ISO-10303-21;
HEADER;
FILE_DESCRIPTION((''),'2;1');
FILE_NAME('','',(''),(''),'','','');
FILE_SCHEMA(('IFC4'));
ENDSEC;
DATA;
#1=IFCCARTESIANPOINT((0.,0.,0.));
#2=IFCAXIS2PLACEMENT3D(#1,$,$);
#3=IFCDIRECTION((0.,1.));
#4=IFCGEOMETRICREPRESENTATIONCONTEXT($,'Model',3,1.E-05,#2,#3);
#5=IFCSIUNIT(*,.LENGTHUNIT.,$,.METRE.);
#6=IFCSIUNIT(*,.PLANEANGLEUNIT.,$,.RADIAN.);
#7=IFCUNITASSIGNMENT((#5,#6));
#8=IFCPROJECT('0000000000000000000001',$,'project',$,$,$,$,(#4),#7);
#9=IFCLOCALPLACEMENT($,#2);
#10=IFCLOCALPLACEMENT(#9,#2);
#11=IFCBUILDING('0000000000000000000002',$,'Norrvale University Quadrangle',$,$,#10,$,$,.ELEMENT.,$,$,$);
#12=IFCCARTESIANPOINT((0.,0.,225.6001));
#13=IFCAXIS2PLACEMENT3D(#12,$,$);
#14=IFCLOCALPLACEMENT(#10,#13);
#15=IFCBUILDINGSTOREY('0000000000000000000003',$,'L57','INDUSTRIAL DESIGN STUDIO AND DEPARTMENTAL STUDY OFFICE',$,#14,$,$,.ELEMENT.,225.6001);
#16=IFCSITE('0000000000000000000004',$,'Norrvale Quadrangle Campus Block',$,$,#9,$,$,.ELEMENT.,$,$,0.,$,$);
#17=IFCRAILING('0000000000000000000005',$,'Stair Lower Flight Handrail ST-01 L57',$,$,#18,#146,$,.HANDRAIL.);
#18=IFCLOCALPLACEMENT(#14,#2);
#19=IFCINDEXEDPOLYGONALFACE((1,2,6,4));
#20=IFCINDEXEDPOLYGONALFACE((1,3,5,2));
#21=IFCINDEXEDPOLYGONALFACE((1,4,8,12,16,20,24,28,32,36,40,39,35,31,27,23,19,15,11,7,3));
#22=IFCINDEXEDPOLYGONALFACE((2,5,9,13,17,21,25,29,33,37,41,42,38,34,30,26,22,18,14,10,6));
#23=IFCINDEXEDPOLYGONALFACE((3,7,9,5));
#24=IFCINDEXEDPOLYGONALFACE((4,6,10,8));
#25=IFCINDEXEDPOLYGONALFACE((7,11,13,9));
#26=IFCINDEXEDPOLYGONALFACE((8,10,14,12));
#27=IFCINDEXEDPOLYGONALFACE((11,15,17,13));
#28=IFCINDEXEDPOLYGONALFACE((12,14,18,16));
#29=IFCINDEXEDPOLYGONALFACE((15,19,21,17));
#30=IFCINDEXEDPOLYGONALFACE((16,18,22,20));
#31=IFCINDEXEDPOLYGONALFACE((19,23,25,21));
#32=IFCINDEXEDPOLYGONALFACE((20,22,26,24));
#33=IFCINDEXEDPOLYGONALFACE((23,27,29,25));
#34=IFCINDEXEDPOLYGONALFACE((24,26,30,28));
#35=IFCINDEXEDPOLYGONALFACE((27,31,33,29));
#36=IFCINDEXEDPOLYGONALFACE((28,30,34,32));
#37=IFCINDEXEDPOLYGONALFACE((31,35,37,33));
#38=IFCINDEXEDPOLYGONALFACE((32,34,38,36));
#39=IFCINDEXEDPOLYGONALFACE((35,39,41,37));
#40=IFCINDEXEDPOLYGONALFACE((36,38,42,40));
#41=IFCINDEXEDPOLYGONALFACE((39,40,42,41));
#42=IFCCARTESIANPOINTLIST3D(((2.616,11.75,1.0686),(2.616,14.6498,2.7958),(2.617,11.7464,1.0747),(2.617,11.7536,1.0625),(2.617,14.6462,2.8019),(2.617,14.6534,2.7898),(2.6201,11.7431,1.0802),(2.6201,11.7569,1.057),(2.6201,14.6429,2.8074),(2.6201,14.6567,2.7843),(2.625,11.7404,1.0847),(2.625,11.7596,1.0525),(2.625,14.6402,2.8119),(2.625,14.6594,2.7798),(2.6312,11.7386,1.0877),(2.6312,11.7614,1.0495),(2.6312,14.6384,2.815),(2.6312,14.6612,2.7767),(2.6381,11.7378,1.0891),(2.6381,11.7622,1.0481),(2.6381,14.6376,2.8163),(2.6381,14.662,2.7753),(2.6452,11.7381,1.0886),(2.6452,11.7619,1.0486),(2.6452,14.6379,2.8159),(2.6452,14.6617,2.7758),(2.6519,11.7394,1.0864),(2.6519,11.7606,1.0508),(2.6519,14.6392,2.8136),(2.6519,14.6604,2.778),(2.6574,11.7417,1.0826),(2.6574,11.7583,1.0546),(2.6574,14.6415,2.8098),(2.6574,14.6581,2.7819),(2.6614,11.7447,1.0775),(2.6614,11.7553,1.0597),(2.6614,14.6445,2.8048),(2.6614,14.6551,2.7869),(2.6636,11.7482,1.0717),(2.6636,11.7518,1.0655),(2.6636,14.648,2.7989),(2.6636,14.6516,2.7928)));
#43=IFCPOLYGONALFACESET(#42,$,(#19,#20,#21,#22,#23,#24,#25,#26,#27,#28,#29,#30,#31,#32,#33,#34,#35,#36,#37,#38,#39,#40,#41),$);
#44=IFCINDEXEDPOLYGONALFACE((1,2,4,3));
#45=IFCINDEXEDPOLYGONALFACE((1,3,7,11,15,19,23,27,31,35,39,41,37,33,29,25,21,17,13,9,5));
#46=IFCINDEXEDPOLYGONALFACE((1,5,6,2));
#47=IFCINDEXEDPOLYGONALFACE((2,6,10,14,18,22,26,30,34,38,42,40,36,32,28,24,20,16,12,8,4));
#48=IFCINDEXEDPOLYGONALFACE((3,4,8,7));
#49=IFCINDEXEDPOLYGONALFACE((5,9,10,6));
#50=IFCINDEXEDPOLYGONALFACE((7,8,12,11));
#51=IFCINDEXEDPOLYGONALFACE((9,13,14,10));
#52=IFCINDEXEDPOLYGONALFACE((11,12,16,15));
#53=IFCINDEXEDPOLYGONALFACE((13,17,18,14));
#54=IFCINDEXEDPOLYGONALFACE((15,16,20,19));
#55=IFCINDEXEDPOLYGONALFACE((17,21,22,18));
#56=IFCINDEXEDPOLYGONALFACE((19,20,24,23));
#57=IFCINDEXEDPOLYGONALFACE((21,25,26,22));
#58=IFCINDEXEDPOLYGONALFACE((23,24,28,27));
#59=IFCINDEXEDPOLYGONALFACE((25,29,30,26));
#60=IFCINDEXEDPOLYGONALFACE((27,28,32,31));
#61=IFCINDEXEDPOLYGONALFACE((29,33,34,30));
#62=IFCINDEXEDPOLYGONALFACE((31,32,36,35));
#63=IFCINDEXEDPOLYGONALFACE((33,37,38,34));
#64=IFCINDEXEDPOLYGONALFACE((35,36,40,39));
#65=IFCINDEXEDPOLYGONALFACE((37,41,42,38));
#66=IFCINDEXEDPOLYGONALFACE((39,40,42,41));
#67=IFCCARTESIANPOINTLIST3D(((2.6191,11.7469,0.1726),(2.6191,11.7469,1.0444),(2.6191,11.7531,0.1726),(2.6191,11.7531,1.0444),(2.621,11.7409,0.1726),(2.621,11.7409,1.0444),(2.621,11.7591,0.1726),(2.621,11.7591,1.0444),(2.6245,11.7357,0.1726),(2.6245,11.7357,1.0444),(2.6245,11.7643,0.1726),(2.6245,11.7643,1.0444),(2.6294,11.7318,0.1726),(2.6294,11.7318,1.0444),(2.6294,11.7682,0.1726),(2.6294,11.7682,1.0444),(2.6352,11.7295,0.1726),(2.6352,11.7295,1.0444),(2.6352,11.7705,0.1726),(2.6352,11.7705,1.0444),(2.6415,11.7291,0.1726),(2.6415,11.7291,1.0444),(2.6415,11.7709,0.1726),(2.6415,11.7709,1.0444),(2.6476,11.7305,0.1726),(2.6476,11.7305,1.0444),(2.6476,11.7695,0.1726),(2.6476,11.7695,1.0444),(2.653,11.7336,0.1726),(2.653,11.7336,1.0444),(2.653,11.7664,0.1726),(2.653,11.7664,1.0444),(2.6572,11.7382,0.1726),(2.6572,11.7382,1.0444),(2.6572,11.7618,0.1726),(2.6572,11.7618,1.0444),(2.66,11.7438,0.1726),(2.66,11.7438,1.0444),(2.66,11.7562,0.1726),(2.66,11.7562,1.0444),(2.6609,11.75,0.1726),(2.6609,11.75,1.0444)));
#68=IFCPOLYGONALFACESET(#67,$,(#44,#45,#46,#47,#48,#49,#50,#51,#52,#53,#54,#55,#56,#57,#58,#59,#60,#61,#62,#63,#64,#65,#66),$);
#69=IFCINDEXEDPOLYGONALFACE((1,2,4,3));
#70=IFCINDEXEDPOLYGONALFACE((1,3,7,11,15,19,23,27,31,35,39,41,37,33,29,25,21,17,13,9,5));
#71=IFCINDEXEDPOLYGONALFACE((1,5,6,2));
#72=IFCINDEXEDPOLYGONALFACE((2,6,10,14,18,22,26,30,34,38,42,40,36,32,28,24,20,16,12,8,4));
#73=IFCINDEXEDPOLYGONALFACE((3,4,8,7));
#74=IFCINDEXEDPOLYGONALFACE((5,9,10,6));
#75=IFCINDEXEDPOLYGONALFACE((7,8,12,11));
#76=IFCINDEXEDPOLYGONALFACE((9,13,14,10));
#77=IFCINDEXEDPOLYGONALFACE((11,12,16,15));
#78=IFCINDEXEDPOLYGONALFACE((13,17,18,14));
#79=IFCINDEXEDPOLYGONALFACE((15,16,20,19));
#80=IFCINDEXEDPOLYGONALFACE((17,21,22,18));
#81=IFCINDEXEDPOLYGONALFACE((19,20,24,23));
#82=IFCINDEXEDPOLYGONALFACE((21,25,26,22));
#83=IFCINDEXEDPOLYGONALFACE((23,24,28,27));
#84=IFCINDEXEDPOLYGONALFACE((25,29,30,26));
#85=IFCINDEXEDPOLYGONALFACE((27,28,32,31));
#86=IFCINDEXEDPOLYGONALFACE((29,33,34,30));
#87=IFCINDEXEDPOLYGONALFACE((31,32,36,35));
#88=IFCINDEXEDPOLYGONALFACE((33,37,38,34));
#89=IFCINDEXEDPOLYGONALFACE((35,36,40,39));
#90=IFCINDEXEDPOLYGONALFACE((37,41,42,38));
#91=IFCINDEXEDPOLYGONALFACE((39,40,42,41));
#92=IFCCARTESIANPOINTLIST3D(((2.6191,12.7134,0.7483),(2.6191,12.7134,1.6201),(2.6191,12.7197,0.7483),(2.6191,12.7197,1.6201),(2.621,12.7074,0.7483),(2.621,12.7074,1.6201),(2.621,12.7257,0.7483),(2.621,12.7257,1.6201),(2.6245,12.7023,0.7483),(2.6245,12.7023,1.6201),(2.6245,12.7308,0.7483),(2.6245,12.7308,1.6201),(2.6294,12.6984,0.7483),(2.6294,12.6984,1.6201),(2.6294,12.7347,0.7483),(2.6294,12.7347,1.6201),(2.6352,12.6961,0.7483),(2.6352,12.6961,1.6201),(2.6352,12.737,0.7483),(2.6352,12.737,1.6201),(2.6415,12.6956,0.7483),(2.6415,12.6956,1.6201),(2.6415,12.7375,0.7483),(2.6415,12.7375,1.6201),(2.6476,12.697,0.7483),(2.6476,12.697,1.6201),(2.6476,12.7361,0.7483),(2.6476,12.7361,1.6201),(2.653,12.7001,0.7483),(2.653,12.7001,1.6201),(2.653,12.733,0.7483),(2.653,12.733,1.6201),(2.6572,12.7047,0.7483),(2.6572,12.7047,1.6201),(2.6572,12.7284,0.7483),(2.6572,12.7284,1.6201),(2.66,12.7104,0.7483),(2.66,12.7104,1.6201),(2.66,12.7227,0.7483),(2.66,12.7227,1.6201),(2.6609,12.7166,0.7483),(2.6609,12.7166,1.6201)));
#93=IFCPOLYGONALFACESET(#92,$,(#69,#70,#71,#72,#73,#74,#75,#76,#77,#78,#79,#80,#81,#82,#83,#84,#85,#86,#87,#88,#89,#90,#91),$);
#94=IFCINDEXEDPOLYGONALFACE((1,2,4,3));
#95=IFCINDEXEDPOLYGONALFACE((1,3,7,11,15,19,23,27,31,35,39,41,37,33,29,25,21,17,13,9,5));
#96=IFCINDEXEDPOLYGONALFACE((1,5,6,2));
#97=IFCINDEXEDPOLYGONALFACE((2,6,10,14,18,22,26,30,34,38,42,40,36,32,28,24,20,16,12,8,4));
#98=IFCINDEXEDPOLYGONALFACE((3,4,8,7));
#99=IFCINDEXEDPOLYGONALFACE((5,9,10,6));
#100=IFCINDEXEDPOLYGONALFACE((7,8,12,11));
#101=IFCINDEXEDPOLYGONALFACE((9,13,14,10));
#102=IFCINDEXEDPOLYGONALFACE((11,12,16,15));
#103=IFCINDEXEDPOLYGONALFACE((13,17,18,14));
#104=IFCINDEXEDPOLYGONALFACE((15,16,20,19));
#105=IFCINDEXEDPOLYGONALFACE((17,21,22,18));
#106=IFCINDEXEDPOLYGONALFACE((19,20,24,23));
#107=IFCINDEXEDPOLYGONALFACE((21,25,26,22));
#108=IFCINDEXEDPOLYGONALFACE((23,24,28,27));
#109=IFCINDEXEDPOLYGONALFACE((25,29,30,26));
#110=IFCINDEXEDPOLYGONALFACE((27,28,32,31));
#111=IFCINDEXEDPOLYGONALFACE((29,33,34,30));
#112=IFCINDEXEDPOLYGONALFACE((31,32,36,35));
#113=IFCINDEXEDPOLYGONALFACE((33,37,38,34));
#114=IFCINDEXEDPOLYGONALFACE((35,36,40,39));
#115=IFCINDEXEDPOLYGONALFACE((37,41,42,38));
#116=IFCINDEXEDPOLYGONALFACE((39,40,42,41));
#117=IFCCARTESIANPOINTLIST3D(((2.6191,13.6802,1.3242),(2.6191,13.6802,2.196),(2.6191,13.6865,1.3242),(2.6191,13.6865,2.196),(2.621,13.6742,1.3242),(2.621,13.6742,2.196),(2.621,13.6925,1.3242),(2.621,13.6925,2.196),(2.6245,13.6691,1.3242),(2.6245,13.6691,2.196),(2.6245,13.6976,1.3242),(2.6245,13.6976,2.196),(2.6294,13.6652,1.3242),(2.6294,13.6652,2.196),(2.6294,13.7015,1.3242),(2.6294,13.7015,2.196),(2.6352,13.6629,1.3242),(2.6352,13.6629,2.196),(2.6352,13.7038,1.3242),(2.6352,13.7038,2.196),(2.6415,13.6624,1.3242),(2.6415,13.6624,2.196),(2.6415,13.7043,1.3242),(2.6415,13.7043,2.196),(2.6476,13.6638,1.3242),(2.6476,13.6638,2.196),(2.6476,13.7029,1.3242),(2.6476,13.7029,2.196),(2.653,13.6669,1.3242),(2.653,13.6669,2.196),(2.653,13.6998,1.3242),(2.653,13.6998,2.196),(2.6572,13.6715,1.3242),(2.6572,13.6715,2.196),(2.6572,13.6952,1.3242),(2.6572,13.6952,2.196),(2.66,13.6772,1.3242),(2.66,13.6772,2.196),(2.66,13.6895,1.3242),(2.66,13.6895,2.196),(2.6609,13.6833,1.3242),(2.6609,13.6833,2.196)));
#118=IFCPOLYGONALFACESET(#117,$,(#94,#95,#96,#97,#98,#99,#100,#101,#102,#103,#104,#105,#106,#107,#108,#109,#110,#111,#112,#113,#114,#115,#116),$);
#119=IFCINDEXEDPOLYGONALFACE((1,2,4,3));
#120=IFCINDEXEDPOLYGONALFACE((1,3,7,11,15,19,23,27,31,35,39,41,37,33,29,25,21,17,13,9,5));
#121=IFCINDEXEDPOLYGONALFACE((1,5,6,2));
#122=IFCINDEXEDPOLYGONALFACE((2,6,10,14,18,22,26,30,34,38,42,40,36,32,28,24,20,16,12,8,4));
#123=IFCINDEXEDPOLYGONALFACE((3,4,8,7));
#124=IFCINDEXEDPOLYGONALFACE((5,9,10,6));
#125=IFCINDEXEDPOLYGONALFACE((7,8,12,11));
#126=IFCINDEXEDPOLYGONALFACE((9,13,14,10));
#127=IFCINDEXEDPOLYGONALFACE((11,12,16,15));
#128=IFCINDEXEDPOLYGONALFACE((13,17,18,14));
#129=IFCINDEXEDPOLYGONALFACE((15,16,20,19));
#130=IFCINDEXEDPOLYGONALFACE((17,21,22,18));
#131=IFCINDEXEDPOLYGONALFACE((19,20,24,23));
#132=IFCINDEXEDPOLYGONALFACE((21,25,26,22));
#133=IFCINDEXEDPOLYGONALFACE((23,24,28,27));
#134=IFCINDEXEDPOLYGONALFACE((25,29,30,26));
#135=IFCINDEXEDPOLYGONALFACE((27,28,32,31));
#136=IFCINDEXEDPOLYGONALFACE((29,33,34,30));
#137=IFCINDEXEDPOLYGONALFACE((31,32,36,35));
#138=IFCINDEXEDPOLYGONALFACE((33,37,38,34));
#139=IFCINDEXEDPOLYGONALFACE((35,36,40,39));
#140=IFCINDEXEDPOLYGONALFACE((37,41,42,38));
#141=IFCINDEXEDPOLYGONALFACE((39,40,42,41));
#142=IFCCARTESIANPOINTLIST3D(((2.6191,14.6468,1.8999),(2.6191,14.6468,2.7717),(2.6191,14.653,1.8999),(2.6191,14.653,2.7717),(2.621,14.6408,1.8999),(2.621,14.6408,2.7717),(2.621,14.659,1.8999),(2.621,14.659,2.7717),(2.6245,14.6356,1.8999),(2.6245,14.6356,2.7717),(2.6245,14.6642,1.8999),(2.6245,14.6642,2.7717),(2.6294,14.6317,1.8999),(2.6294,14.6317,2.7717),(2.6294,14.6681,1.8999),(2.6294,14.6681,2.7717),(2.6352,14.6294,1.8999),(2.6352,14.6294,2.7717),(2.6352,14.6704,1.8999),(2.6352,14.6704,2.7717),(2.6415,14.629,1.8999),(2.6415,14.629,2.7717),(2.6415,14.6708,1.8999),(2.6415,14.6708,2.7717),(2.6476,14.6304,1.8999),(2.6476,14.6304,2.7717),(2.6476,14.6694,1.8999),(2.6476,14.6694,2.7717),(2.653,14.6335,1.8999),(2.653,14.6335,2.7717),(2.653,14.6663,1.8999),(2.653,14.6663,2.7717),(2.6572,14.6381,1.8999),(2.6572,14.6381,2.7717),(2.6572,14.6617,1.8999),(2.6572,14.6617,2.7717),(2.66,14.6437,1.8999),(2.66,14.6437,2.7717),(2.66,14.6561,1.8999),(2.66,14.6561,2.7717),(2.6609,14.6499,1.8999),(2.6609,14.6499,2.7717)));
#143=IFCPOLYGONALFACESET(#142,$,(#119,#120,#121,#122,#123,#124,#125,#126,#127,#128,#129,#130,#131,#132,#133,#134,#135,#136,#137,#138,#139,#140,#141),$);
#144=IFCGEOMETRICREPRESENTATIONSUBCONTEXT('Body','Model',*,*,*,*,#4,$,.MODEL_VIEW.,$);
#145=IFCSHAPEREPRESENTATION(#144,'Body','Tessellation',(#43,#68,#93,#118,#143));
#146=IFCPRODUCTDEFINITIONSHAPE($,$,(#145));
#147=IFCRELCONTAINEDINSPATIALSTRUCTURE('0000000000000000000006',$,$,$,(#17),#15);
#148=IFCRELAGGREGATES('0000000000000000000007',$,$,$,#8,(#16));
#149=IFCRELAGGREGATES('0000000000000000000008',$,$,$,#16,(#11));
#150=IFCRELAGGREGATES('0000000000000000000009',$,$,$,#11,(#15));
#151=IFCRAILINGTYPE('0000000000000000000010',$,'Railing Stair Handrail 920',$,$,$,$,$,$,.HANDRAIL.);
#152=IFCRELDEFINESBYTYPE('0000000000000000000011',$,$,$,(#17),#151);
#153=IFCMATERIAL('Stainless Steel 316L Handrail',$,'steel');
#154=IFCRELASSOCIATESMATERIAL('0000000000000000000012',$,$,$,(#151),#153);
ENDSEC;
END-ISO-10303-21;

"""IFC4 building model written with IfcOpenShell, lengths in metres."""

from ifc_helpers import new_model, si_unit, direction, frame, origin, origin_2d, place, context, subcontext, project, spatial, circle, extrude, material, type_object, element, save


model = new_model("IFC4")

# Units and contexts
model_context = context("Model", 3, precision=1e-05, world=origin(), true_north=direction((0.0, 1.0)))
body_context = subcontext(model_context, "Body", "Model", "MODEL_VIEW")
ifc_project = project(units=[si_unit("LENGTHUNIT", "METRE"), si_unit("PLANEANGLEUNIT", "RADIAN")], contexts=[model_context])

# Site, building, storey
site_placement = place(None, origin())
site = spatial("IfcSite", under=ifc_project, at=site_placement, Name="Norrvale Quadrangle Campus Block", CompositionType="ELEMENT", RefElevation=0.0)
building_placement = place(site_placement, origin())
building = spatial("IfcBuilding", under=site, at=building_placement, Name="Norrvale University Quadrangle", CompositionType="ELEMENT")
storey_placement = place(building_placement, frame((0.0, 0.0, 225.6001)))
storey = spatial("IfcBuildingStorey", under=building, at=storey_placement, Name="L57", Description="INDUSTRIAL DESIGN STUDIO AND DEPARTMENTAL STUDY OFFICE", CompositionType="ELEMENT", Elevation=225.6001)

# Railing
ifc_material_1 = material(Name="Stainless Steel 316L Handrail", Category="steel")
railing_type_1 = type_object("IfcRailingType", Name="Railing Stair Handrail 920", PredefinedType="HANDRAIL", material=ifc_material_1)
railing_1_placement = place(storey_placement, frame((2.6399, 11.75, 0.1726)))
element("IfcRailing", 1, at=railing_1_placement, inside=storey, type_object=railing_type_1, Name="Stair Lower Flight Handrail ST-01 L57", PredefinedType="HANDRAIL", context=body_context, shape_type="SweptSolid", body=[
    extrude(circle(Radius=0.0239, at=origin_2d()), frame((0.0, 0.0, 0.896), z_axis=(0.0, 0.859141, 0.511738), x_axis=(-1.0, 0.0, 0.0)), (0.0, 0.0, 1.0), 3.3752),
    extrude(circle(Radius=0.021, at=origin_2d()), origin(), (0.0, 0.0, 1.0), 0.8718),
    extrude(circle(Radius=0.021, at=origin_2d()), frame((0.0, 0.9666, 0.5757)), (0.0, 0.0, 1.0), 0.8718),
    extrude(circle(Radius=0.021, at=origin_2d()), frame((0.0, 1.9333, 1.1516)), (0.0, 0.0, 1.0), 0.8718),
    extrude(circle(Radius=0.021, at=origin_2d()), frame((0.0, 2.8999, 1.7273)), (0.0, 0.0, 1.0), 0.8718),
])

save(model, "model.ifc")
